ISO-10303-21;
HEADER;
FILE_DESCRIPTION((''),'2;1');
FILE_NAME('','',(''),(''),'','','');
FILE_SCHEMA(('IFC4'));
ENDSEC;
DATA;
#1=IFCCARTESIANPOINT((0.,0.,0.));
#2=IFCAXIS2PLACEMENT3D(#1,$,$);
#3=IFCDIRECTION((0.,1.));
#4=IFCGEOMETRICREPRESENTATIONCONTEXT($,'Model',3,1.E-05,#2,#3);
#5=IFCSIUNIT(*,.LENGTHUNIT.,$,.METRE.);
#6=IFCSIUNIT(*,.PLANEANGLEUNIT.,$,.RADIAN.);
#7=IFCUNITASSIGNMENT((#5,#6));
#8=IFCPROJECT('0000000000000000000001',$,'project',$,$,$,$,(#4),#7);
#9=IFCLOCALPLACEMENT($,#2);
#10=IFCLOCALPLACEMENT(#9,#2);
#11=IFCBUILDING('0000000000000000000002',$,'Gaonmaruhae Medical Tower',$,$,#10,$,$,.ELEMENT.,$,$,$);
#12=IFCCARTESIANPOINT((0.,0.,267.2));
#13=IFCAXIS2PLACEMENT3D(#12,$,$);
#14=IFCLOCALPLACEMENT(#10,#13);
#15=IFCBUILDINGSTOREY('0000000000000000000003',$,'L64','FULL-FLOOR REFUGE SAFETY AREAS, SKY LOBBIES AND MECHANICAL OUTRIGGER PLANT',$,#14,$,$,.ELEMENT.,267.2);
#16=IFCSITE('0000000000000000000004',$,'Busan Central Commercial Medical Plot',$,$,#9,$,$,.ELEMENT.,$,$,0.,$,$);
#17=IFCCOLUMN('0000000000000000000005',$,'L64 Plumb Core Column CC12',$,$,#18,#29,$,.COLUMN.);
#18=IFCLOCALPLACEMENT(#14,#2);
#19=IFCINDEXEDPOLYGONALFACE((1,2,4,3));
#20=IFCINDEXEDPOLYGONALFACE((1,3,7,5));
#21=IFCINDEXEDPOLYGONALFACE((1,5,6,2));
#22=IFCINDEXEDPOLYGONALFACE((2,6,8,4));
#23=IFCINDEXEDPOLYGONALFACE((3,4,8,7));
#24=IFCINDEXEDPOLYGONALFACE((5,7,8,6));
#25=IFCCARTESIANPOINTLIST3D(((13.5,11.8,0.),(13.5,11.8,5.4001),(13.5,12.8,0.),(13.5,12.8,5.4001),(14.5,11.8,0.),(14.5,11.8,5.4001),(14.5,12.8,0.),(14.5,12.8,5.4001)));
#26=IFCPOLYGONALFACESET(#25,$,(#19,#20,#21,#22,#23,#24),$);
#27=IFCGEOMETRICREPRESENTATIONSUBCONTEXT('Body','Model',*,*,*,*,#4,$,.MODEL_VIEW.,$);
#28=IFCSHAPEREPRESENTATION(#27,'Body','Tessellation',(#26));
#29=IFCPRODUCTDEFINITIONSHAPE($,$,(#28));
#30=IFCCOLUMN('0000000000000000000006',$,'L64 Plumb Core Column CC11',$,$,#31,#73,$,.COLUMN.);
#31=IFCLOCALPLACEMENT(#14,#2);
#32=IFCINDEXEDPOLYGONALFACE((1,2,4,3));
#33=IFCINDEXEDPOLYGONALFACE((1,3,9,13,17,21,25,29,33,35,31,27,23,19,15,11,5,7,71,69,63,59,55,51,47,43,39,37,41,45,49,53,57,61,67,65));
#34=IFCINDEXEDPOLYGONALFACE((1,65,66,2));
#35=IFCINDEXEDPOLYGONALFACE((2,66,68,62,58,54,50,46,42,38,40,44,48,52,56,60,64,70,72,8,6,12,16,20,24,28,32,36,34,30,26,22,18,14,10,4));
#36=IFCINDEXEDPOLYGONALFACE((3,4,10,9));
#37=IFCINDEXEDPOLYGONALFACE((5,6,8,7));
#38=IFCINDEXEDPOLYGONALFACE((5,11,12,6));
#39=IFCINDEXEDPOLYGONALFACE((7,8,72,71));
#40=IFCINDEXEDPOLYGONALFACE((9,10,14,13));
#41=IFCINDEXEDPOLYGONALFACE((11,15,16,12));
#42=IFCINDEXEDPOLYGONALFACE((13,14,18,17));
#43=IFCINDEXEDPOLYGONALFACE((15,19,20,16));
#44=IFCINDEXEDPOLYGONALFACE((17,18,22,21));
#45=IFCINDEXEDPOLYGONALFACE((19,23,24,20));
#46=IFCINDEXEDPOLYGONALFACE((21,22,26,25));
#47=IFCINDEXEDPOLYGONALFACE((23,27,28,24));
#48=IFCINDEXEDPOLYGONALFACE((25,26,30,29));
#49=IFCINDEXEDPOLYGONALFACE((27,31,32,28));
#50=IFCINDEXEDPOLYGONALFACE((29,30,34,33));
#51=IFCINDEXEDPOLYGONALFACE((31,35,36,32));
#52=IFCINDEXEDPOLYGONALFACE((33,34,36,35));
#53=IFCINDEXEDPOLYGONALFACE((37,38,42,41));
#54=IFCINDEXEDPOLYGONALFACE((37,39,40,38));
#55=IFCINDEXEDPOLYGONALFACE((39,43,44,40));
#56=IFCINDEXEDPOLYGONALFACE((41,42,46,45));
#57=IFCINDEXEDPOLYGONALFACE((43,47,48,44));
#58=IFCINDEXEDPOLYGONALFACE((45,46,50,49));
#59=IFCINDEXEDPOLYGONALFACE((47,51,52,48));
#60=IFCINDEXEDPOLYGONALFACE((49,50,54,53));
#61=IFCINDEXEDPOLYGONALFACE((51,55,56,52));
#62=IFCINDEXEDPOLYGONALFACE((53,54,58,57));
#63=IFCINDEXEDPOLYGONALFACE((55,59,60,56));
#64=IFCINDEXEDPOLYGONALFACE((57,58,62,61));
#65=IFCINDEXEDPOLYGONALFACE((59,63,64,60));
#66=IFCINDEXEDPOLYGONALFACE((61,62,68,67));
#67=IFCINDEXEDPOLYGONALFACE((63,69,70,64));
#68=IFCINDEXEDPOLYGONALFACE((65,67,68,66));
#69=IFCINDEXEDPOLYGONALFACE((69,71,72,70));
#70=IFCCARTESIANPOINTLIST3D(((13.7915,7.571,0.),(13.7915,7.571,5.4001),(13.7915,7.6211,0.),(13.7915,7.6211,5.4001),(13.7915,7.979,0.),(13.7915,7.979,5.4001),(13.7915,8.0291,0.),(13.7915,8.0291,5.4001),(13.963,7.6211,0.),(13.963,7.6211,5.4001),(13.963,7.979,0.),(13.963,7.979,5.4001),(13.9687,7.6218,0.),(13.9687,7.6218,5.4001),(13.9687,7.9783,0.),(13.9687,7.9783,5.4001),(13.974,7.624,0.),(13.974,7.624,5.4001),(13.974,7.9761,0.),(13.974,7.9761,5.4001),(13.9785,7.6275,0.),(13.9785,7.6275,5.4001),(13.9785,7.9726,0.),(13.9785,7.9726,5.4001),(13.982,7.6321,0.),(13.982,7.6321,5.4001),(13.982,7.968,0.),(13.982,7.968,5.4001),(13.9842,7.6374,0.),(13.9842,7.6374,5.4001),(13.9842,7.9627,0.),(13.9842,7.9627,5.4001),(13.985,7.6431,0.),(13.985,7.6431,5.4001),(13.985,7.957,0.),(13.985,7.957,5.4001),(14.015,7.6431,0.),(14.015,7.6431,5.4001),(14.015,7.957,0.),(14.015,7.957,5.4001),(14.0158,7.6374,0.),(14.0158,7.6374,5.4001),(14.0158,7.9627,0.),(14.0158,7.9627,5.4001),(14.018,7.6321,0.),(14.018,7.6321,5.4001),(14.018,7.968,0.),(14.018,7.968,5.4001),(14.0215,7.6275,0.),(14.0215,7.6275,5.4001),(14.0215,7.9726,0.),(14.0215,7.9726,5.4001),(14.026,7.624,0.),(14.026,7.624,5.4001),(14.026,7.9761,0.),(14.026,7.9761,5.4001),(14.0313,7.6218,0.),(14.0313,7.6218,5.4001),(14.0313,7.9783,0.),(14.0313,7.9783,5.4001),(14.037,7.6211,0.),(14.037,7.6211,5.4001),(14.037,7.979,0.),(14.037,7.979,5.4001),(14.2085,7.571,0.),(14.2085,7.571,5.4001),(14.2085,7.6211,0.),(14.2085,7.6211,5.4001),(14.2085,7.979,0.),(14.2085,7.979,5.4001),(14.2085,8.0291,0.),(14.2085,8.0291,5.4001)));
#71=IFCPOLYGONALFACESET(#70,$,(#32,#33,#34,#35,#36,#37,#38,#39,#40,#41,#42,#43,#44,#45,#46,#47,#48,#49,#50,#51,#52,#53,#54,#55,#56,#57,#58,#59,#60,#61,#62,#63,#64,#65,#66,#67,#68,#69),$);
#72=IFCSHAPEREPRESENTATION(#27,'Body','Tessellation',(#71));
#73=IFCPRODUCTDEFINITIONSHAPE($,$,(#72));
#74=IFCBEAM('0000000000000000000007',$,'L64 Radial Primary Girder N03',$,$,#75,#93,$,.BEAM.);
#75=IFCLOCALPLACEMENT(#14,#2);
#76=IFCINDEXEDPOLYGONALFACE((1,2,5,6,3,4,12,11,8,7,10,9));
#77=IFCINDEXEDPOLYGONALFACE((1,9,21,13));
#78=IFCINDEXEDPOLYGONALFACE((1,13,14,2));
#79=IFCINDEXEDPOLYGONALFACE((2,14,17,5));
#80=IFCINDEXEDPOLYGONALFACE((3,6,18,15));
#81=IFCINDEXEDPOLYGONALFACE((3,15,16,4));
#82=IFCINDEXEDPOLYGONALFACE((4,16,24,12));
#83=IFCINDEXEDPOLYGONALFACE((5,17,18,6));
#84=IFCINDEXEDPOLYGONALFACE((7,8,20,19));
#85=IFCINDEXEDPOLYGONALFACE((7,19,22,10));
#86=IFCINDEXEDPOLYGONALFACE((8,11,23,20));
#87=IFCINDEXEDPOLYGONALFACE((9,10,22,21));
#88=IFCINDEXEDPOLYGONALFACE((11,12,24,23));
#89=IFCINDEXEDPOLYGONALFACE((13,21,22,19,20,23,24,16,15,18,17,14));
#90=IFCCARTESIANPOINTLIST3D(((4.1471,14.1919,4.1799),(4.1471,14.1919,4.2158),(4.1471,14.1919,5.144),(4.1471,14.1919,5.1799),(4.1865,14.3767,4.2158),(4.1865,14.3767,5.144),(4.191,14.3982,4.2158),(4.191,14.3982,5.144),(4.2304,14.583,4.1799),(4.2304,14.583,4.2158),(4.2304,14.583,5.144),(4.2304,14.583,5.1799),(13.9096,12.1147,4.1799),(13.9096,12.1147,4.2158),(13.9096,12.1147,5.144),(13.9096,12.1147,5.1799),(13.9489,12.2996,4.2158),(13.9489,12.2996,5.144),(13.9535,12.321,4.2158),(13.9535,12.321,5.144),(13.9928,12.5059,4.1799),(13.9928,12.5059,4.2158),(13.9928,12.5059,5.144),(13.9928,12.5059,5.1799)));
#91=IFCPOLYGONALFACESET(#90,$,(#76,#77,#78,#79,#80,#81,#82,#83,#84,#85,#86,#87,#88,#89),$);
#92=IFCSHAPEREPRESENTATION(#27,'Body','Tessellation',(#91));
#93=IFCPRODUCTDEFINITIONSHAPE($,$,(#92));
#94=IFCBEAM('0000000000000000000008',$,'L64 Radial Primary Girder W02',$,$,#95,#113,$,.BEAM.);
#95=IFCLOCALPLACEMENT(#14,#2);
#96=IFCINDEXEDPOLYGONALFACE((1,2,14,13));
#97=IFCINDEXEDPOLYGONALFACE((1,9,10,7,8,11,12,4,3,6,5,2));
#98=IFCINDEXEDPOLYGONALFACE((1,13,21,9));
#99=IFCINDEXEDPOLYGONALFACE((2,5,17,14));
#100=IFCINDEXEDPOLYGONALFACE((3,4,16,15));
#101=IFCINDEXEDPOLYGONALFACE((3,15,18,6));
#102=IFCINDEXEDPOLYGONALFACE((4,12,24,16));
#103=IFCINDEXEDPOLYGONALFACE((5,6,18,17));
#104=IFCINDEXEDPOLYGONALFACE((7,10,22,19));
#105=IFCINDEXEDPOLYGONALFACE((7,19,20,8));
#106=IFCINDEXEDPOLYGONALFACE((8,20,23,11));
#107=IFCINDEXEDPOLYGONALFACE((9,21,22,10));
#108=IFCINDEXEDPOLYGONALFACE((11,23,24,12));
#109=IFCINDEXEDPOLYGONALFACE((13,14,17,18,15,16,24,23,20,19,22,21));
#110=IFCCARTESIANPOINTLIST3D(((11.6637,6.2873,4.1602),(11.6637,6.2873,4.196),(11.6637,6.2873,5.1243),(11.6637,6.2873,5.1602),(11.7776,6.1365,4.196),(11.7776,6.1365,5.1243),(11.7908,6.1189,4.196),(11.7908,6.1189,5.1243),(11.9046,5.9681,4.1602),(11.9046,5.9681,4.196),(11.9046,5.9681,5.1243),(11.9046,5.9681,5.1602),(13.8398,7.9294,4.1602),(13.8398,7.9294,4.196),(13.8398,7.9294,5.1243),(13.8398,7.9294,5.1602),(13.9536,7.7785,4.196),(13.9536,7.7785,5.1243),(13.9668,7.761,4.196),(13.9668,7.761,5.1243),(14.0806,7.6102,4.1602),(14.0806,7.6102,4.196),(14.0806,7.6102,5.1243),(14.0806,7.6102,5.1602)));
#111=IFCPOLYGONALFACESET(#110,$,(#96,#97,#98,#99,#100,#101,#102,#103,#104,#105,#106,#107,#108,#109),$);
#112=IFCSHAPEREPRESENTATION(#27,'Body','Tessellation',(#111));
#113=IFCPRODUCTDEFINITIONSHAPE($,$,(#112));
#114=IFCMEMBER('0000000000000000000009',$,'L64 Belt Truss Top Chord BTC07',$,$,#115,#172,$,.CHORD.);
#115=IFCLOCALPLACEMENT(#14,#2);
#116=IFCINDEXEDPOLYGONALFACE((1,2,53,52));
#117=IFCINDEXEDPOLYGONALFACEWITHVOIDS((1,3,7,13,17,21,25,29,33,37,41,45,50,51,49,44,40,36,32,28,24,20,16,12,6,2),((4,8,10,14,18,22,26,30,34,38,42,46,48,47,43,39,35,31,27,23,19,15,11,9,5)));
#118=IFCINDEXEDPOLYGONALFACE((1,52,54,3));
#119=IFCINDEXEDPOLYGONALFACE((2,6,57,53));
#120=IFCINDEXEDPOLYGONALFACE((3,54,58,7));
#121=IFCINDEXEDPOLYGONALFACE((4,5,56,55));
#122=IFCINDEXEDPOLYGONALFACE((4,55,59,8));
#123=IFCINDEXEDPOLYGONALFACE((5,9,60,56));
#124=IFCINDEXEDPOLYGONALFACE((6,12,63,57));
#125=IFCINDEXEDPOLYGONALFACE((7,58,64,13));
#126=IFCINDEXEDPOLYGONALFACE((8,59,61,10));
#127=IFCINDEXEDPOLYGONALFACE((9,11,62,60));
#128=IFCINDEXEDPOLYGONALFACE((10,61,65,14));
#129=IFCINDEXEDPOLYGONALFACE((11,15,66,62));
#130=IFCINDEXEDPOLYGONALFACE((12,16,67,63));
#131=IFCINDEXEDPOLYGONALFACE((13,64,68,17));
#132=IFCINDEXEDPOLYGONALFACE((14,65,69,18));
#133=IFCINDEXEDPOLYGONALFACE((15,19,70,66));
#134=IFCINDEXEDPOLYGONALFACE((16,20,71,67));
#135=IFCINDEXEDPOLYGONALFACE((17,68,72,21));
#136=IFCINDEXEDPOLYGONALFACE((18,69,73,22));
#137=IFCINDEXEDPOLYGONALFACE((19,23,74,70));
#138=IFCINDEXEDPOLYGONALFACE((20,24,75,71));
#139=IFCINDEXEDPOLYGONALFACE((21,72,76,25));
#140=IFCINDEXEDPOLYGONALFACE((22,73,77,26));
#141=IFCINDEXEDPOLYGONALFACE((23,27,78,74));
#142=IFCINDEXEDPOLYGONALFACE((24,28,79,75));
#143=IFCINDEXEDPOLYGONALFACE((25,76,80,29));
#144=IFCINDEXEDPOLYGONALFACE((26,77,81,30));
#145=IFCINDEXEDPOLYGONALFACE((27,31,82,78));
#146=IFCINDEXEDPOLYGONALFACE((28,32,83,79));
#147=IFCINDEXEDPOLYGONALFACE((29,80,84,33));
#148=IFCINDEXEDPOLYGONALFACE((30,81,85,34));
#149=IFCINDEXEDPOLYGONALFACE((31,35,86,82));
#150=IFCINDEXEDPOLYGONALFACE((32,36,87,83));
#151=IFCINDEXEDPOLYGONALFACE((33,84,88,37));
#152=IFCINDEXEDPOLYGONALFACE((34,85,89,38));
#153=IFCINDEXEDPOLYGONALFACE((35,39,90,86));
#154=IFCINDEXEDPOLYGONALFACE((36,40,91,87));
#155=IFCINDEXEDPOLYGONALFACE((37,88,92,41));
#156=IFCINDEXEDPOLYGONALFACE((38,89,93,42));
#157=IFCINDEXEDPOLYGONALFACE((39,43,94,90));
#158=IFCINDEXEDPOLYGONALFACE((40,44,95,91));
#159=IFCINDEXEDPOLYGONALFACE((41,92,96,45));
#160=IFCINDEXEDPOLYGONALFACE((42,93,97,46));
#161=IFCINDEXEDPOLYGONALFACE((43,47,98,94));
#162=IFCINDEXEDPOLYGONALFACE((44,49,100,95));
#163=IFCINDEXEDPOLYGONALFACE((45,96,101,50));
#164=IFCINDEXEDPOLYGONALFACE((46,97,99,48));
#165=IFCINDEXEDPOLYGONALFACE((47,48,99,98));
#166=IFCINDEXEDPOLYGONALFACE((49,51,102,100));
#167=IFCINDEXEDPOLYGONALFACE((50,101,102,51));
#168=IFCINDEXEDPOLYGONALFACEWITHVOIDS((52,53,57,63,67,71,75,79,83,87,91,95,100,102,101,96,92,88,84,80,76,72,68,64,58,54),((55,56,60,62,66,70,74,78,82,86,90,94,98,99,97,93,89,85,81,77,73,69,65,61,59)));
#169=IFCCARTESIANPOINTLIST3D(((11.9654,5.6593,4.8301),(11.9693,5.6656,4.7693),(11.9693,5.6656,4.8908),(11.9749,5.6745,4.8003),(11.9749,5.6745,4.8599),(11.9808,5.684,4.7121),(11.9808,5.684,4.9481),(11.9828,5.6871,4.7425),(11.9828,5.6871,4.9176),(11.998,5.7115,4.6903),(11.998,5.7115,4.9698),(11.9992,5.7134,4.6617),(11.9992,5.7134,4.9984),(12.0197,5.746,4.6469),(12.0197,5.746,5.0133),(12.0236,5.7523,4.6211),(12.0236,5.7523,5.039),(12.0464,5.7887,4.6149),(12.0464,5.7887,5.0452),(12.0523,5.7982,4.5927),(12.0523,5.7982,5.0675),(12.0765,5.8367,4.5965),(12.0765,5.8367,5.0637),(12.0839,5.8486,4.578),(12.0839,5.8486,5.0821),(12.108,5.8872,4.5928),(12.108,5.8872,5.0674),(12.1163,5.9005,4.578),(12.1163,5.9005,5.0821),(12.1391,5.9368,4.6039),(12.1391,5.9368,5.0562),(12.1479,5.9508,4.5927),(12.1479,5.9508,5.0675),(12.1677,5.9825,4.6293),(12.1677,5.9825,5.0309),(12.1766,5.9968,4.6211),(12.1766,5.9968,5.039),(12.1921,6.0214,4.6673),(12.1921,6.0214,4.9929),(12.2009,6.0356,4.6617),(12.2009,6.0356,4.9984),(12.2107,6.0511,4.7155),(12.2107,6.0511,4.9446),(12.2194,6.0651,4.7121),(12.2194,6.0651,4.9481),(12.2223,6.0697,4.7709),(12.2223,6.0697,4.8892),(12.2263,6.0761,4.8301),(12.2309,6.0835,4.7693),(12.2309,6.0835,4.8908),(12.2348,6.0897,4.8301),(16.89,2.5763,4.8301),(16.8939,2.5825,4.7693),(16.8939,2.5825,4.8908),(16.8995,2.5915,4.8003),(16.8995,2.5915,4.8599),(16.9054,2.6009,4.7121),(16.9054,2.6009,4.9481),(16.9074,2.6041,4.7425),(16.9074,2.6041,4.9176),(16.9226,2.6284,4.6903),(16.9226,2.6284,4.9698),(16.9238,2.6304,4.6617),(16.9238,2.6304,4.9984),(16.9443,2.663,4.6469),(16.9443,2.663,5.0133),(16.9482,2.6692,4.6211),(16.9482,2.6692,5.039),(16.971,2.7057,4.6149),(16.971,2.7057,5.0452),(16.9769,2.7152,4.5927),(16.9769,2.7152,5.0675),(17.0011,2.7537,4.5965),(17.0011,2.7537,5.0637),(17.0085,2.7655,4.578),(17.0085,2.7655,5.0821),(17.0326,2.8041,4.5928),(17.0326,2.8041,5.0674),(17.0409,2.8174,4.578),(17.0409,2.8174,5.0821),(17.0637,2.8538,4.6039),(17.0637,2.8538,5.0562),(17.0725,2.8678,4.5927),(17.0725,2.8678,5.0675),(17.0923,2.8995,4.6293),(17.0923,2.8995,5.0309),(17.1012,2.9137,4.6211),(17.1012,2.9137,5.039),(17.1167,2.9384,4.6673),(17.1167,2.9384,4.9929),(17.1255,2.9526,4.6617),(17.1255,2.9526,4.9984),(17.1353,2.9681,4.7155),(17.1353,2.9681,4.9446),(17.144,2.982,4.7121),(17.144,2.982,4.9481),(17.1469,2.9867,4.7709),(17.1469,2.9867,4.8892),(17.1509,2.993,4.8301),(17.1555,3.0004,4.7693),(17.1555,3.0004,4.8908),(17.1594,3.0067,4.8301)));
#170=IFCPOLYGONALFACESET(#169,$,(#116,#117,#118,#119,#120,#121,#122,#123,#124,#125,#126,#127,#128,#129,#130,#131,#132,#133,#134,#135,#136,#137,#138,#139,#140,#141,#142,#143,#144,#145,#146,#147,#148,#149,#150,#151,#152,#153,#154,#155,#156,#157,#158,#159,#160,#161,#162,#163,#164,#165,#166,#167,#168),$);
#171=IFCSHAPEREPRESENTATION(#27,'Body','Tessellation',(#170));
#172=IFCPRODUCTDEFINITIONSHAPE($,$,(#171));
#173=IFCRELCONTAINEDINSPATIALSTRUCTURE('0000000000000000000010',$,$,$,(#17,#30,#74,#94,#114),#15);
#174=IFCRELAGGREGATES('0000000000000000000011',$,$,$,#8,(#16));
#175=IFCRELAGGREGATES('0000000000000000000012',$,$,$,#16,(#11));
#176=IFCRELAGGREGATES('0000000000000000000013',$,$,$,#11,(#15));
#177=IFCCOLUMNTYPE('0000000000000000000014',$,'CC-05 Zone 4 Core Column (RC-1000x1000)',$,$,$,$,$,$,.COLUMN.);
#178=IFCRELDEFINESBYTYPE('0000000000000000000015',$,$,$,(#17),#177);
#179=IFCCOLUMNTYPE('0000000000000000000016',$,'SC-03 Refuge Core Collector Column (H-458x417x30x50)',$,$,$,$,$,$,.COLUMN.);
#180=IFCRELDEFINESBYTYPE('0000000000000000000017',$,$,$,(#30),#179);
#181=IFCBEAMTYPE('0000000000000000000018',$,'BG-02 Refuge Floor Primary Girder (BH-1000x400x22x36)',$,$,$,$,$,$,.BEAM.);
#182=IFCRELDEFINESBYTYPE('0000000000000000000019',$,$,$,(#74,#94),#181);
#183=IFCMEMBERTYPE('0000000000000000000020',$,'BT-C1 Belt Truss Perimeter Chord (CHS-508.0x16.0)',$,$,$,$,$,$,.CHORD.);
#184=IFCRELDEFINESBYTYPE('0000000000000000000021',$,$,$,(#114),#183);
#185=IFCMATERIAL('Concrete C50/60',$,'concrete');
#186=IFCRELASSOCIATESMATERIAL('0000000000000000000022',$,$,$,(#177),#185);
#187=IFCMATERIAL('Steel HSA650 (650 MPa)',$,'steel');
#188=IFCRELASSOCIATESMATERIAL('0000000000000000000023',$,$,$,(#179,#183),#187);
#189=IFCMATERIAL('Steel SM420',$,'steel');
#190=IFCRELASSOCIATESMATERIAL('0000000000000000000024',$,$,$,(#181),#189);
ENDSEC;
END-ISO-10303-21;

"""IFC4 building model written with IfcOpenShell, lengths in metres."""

from ifc_helpers import new_model, si_unit, direction, frame, origin, origin_2d, place, context, subcontext, project, spatial, rectangle, hollow_circle, i_section, extrude, material, material_profile, profile_set, type_object, element, save


model = new_model("IFC4")

# Units and contexts
model_context = context("Model", 3, precision=1e-05, world=origin(), true_north=direction((0.0, 1.0)))
body_context = subcontext(model_context, "Body", "Model", "MODEL_VIEW")
ifc_project = project(units=[si_unit("LENGTHUNIT", "METRE"), si_unit("PLANEANGLEUNIT", "RADIAN")], contexts=[model_context])

# Site, building, storey
site_placement = place(None, origin())
site = spatial("IfcSite", under=ifc_project, at=site_placement, Name="Busan Central Commercial Medical Plot", CompositionType="ELEMENT", RefElevation=0.0)
building_placement = place(site_placement, origin())
building = spatial("IfcBuilding", under=site, at=building_placement, Name="Gaonmaruhae Medical Tower", CompositionType="ELEMENT")
storey_placement = place(building_placement, frame((0.0, 0.0, 267.2)))
storey = spatial("IfcBuildingStorey", under=building, at=storey_placement, Name="L64", Description="FULL-FLOOR REFUGE SAFETY AREAS, SKY LOBBIES AND MECHANICAL OUTRIGGER PLANT", CompositionType="ELEMENT", Elevation=267.2)

# Columns
ifc_material_1 = material(Name="Concrete C50/60", Category="concrete")
ifc_material_profile_1 = material_profile(ifc_material_1, rectangle(XDim=1.0, YDim=1.0, at=origin_2d()), Name="RC-1000x1000")
ifc_profile_set_1 = profile_set([ifc_material_profile_1], Name="Concrete C50/60")
column_type_1 = type_object("IfcColumnType", Name="CC-05 Zone 4 Core Column (RC-1000x1000)", PredefinedType="COLUMN", material=ifc_profile_set_1)
column_1_placement = place(storey_placement, frame((14.0, 12.3, 0.0), z_axis=(0.0, 0.0, 1.0), x_axis=(1.0, 0.0, 0.0)))
element("IfcColumn", 1, at=column_1_placement, inside=storey, type_object=column_type_1, Name="L64 Plumb Core Column CC12", PredefinedType="COLUMN", context=body_context, shape_type="SweptSolid", body=[
    extrude(rectangle(XDim=1.0, YDim=1.0, at=origin_2d()), origin(), (0.0, 0.0, 1.0), 5.4001),
])
ifc_material_2 = material(Name="Steel HSA650 (650 MPa)", Category="steel")
ifc_material_profile_2 = material_profile(ifc_material_2, i_section(OverallWidth=0.417, OverallDepth=0.458, WebThickness=0.03, FlangeThickness=0.05, FilletRadius=0.022, at=origin_2d()), Name="H-458x417x30x50")
ifc_profile_set_2 = profile_set([ifc_material_profile_2], Name="Steel HSA650 (650 MPa)")
column_type_2 = type_object("IfcColumnType", Name="SC-03 Refuge Core Collector Column (H-458x417x30x50)", PredefinedType="COLUMN", material=ifc_profile_set_2)
column_2_placement = place(storey_placement, frame((14.0, 7.8, 0.0), z_axis=(0.0, 0.0, 1.0), x_axis=(1.0, 0.0, 0.0)))
element("IfcColumn", 2, at=column_2_placement, inside=storey, type_object=column_type_2, Name="L64 Plumb Core Column CC11", PredefinedType="COLUMN", context=body_context, shape_type="SweptSolid", body=[
    extrude(i_section(OverallWidth=0.417, OverallDepth=0.458, WebThickness=0.03, FlangeThickness=0.05, FilletRadius=0.022, at=origin_2d()), origin(), (0.0, 0.0, 1.0), 5.4001),
])

# Beams
ifc_material_3 = material(Name="Steel SM420", Category="steel")
ifc_material_profile_3 = material_profile(ifc_material_3, i_section(OverallWidth=0.3999, OverallDepth=1.0, WebThickness=0.022, FlangeThickness=0.0359, at=origin_2d()), Name="BH-1000x400x22x36")
ifc_profile_set_3 = profile_set([ifc_material_profile_3], Name="Steel SM420")
beam_type_1 = type_object("IfcBeamType", Name="BG-02 Refuge Floor Primary Girder (BH-1000x400x22x36)", PredefinedType="BEAM", material=ifc_profile_set_3)
beam_1_placement = place(storey_placement, frame((13.9512, 12.3103, 4.6799), z_axis=(-0.978105, 0.208111, 0.0), x_axis=(-0.208111, -0.978105, 0.0)))
element("IfcBeam", 3, at=beam_1_placement, inside=storey, type_object=beam_type_1, Name="L64 Radial Primary Girder N03", PredefinedType="BEAM", context=body_context, shape_type="SweptSolid", body=[
    extrude(i_section(OverallWidth=0.3999, OverallDepth=1.0, WebThickness=0.022, FlangeThickness=0.0359, at=origin_2d()), origin(), (0.0, 0.0, 1.0), 9.981),
])
beam_2_placement = place(storey_placement, frame((13.9602, 7.7698, 4.6602), z_axis=(-0.798223, -0.602362, 0.0), x_axis=(0.602362, -0.798223, 0.0)))
element("IfcBeam", 4, at=beam_2_placement, inside=storey, type_object=beam_type_1, Name="L64 Radial Primary Girder W02", PredefinedType="BEAM", context=body_context, shape_type="SweptSolid", body=[
    extrude(i_section(OverallWidth=0.3999, OverallDepth=1.0, WebThickness=0.022, FlangeThickness=0.0359, at=origin_2d()), origin(), (0.0, 0.0, 1.0), 2.7261),
])

# Member
ifc_material_profile_4 = material_profile(ifc_material_2, hollow_circle(Radius=0.2539, WallThickness=0.0161, at=origin_2d()), Name="CHS-508.0x16.0")
ifc_profile_set_4 = profile_set([ifc_material_profile_4], Name="Steel HSA650 (650 MPa)")
member_type_1 = type_object("IfcMemberType", Name="BT-C1 Belt Truss Perimeter Chord (CHS-508.0x16.0)", PredefinedType="CHORD", material=ifc_profile_set_4)
member_1_placement = place(storey_placement, frame((12.1001, 5.8745, 4.8301), z_axis=(0.847599, -0.530637, 0.0), x_axis=(0.530637, 0.847599, 0.0)))
element("IfcMember", 5, at=member_1_placement, inside=storey, type_object=member_type_1, Name="L64 Belt Truss Top Chord BTC07", PredefinedType="CHORD", context=body_context, shape_type="SweptSolid", body=[
    extrude(hollow_circle(Radius=0.2539, WallThickness=0.0161, at=origin_2d()), origin(), (0.0, 0.0, 1.0), 5.8101),
])

save(model, "model.ifc")
